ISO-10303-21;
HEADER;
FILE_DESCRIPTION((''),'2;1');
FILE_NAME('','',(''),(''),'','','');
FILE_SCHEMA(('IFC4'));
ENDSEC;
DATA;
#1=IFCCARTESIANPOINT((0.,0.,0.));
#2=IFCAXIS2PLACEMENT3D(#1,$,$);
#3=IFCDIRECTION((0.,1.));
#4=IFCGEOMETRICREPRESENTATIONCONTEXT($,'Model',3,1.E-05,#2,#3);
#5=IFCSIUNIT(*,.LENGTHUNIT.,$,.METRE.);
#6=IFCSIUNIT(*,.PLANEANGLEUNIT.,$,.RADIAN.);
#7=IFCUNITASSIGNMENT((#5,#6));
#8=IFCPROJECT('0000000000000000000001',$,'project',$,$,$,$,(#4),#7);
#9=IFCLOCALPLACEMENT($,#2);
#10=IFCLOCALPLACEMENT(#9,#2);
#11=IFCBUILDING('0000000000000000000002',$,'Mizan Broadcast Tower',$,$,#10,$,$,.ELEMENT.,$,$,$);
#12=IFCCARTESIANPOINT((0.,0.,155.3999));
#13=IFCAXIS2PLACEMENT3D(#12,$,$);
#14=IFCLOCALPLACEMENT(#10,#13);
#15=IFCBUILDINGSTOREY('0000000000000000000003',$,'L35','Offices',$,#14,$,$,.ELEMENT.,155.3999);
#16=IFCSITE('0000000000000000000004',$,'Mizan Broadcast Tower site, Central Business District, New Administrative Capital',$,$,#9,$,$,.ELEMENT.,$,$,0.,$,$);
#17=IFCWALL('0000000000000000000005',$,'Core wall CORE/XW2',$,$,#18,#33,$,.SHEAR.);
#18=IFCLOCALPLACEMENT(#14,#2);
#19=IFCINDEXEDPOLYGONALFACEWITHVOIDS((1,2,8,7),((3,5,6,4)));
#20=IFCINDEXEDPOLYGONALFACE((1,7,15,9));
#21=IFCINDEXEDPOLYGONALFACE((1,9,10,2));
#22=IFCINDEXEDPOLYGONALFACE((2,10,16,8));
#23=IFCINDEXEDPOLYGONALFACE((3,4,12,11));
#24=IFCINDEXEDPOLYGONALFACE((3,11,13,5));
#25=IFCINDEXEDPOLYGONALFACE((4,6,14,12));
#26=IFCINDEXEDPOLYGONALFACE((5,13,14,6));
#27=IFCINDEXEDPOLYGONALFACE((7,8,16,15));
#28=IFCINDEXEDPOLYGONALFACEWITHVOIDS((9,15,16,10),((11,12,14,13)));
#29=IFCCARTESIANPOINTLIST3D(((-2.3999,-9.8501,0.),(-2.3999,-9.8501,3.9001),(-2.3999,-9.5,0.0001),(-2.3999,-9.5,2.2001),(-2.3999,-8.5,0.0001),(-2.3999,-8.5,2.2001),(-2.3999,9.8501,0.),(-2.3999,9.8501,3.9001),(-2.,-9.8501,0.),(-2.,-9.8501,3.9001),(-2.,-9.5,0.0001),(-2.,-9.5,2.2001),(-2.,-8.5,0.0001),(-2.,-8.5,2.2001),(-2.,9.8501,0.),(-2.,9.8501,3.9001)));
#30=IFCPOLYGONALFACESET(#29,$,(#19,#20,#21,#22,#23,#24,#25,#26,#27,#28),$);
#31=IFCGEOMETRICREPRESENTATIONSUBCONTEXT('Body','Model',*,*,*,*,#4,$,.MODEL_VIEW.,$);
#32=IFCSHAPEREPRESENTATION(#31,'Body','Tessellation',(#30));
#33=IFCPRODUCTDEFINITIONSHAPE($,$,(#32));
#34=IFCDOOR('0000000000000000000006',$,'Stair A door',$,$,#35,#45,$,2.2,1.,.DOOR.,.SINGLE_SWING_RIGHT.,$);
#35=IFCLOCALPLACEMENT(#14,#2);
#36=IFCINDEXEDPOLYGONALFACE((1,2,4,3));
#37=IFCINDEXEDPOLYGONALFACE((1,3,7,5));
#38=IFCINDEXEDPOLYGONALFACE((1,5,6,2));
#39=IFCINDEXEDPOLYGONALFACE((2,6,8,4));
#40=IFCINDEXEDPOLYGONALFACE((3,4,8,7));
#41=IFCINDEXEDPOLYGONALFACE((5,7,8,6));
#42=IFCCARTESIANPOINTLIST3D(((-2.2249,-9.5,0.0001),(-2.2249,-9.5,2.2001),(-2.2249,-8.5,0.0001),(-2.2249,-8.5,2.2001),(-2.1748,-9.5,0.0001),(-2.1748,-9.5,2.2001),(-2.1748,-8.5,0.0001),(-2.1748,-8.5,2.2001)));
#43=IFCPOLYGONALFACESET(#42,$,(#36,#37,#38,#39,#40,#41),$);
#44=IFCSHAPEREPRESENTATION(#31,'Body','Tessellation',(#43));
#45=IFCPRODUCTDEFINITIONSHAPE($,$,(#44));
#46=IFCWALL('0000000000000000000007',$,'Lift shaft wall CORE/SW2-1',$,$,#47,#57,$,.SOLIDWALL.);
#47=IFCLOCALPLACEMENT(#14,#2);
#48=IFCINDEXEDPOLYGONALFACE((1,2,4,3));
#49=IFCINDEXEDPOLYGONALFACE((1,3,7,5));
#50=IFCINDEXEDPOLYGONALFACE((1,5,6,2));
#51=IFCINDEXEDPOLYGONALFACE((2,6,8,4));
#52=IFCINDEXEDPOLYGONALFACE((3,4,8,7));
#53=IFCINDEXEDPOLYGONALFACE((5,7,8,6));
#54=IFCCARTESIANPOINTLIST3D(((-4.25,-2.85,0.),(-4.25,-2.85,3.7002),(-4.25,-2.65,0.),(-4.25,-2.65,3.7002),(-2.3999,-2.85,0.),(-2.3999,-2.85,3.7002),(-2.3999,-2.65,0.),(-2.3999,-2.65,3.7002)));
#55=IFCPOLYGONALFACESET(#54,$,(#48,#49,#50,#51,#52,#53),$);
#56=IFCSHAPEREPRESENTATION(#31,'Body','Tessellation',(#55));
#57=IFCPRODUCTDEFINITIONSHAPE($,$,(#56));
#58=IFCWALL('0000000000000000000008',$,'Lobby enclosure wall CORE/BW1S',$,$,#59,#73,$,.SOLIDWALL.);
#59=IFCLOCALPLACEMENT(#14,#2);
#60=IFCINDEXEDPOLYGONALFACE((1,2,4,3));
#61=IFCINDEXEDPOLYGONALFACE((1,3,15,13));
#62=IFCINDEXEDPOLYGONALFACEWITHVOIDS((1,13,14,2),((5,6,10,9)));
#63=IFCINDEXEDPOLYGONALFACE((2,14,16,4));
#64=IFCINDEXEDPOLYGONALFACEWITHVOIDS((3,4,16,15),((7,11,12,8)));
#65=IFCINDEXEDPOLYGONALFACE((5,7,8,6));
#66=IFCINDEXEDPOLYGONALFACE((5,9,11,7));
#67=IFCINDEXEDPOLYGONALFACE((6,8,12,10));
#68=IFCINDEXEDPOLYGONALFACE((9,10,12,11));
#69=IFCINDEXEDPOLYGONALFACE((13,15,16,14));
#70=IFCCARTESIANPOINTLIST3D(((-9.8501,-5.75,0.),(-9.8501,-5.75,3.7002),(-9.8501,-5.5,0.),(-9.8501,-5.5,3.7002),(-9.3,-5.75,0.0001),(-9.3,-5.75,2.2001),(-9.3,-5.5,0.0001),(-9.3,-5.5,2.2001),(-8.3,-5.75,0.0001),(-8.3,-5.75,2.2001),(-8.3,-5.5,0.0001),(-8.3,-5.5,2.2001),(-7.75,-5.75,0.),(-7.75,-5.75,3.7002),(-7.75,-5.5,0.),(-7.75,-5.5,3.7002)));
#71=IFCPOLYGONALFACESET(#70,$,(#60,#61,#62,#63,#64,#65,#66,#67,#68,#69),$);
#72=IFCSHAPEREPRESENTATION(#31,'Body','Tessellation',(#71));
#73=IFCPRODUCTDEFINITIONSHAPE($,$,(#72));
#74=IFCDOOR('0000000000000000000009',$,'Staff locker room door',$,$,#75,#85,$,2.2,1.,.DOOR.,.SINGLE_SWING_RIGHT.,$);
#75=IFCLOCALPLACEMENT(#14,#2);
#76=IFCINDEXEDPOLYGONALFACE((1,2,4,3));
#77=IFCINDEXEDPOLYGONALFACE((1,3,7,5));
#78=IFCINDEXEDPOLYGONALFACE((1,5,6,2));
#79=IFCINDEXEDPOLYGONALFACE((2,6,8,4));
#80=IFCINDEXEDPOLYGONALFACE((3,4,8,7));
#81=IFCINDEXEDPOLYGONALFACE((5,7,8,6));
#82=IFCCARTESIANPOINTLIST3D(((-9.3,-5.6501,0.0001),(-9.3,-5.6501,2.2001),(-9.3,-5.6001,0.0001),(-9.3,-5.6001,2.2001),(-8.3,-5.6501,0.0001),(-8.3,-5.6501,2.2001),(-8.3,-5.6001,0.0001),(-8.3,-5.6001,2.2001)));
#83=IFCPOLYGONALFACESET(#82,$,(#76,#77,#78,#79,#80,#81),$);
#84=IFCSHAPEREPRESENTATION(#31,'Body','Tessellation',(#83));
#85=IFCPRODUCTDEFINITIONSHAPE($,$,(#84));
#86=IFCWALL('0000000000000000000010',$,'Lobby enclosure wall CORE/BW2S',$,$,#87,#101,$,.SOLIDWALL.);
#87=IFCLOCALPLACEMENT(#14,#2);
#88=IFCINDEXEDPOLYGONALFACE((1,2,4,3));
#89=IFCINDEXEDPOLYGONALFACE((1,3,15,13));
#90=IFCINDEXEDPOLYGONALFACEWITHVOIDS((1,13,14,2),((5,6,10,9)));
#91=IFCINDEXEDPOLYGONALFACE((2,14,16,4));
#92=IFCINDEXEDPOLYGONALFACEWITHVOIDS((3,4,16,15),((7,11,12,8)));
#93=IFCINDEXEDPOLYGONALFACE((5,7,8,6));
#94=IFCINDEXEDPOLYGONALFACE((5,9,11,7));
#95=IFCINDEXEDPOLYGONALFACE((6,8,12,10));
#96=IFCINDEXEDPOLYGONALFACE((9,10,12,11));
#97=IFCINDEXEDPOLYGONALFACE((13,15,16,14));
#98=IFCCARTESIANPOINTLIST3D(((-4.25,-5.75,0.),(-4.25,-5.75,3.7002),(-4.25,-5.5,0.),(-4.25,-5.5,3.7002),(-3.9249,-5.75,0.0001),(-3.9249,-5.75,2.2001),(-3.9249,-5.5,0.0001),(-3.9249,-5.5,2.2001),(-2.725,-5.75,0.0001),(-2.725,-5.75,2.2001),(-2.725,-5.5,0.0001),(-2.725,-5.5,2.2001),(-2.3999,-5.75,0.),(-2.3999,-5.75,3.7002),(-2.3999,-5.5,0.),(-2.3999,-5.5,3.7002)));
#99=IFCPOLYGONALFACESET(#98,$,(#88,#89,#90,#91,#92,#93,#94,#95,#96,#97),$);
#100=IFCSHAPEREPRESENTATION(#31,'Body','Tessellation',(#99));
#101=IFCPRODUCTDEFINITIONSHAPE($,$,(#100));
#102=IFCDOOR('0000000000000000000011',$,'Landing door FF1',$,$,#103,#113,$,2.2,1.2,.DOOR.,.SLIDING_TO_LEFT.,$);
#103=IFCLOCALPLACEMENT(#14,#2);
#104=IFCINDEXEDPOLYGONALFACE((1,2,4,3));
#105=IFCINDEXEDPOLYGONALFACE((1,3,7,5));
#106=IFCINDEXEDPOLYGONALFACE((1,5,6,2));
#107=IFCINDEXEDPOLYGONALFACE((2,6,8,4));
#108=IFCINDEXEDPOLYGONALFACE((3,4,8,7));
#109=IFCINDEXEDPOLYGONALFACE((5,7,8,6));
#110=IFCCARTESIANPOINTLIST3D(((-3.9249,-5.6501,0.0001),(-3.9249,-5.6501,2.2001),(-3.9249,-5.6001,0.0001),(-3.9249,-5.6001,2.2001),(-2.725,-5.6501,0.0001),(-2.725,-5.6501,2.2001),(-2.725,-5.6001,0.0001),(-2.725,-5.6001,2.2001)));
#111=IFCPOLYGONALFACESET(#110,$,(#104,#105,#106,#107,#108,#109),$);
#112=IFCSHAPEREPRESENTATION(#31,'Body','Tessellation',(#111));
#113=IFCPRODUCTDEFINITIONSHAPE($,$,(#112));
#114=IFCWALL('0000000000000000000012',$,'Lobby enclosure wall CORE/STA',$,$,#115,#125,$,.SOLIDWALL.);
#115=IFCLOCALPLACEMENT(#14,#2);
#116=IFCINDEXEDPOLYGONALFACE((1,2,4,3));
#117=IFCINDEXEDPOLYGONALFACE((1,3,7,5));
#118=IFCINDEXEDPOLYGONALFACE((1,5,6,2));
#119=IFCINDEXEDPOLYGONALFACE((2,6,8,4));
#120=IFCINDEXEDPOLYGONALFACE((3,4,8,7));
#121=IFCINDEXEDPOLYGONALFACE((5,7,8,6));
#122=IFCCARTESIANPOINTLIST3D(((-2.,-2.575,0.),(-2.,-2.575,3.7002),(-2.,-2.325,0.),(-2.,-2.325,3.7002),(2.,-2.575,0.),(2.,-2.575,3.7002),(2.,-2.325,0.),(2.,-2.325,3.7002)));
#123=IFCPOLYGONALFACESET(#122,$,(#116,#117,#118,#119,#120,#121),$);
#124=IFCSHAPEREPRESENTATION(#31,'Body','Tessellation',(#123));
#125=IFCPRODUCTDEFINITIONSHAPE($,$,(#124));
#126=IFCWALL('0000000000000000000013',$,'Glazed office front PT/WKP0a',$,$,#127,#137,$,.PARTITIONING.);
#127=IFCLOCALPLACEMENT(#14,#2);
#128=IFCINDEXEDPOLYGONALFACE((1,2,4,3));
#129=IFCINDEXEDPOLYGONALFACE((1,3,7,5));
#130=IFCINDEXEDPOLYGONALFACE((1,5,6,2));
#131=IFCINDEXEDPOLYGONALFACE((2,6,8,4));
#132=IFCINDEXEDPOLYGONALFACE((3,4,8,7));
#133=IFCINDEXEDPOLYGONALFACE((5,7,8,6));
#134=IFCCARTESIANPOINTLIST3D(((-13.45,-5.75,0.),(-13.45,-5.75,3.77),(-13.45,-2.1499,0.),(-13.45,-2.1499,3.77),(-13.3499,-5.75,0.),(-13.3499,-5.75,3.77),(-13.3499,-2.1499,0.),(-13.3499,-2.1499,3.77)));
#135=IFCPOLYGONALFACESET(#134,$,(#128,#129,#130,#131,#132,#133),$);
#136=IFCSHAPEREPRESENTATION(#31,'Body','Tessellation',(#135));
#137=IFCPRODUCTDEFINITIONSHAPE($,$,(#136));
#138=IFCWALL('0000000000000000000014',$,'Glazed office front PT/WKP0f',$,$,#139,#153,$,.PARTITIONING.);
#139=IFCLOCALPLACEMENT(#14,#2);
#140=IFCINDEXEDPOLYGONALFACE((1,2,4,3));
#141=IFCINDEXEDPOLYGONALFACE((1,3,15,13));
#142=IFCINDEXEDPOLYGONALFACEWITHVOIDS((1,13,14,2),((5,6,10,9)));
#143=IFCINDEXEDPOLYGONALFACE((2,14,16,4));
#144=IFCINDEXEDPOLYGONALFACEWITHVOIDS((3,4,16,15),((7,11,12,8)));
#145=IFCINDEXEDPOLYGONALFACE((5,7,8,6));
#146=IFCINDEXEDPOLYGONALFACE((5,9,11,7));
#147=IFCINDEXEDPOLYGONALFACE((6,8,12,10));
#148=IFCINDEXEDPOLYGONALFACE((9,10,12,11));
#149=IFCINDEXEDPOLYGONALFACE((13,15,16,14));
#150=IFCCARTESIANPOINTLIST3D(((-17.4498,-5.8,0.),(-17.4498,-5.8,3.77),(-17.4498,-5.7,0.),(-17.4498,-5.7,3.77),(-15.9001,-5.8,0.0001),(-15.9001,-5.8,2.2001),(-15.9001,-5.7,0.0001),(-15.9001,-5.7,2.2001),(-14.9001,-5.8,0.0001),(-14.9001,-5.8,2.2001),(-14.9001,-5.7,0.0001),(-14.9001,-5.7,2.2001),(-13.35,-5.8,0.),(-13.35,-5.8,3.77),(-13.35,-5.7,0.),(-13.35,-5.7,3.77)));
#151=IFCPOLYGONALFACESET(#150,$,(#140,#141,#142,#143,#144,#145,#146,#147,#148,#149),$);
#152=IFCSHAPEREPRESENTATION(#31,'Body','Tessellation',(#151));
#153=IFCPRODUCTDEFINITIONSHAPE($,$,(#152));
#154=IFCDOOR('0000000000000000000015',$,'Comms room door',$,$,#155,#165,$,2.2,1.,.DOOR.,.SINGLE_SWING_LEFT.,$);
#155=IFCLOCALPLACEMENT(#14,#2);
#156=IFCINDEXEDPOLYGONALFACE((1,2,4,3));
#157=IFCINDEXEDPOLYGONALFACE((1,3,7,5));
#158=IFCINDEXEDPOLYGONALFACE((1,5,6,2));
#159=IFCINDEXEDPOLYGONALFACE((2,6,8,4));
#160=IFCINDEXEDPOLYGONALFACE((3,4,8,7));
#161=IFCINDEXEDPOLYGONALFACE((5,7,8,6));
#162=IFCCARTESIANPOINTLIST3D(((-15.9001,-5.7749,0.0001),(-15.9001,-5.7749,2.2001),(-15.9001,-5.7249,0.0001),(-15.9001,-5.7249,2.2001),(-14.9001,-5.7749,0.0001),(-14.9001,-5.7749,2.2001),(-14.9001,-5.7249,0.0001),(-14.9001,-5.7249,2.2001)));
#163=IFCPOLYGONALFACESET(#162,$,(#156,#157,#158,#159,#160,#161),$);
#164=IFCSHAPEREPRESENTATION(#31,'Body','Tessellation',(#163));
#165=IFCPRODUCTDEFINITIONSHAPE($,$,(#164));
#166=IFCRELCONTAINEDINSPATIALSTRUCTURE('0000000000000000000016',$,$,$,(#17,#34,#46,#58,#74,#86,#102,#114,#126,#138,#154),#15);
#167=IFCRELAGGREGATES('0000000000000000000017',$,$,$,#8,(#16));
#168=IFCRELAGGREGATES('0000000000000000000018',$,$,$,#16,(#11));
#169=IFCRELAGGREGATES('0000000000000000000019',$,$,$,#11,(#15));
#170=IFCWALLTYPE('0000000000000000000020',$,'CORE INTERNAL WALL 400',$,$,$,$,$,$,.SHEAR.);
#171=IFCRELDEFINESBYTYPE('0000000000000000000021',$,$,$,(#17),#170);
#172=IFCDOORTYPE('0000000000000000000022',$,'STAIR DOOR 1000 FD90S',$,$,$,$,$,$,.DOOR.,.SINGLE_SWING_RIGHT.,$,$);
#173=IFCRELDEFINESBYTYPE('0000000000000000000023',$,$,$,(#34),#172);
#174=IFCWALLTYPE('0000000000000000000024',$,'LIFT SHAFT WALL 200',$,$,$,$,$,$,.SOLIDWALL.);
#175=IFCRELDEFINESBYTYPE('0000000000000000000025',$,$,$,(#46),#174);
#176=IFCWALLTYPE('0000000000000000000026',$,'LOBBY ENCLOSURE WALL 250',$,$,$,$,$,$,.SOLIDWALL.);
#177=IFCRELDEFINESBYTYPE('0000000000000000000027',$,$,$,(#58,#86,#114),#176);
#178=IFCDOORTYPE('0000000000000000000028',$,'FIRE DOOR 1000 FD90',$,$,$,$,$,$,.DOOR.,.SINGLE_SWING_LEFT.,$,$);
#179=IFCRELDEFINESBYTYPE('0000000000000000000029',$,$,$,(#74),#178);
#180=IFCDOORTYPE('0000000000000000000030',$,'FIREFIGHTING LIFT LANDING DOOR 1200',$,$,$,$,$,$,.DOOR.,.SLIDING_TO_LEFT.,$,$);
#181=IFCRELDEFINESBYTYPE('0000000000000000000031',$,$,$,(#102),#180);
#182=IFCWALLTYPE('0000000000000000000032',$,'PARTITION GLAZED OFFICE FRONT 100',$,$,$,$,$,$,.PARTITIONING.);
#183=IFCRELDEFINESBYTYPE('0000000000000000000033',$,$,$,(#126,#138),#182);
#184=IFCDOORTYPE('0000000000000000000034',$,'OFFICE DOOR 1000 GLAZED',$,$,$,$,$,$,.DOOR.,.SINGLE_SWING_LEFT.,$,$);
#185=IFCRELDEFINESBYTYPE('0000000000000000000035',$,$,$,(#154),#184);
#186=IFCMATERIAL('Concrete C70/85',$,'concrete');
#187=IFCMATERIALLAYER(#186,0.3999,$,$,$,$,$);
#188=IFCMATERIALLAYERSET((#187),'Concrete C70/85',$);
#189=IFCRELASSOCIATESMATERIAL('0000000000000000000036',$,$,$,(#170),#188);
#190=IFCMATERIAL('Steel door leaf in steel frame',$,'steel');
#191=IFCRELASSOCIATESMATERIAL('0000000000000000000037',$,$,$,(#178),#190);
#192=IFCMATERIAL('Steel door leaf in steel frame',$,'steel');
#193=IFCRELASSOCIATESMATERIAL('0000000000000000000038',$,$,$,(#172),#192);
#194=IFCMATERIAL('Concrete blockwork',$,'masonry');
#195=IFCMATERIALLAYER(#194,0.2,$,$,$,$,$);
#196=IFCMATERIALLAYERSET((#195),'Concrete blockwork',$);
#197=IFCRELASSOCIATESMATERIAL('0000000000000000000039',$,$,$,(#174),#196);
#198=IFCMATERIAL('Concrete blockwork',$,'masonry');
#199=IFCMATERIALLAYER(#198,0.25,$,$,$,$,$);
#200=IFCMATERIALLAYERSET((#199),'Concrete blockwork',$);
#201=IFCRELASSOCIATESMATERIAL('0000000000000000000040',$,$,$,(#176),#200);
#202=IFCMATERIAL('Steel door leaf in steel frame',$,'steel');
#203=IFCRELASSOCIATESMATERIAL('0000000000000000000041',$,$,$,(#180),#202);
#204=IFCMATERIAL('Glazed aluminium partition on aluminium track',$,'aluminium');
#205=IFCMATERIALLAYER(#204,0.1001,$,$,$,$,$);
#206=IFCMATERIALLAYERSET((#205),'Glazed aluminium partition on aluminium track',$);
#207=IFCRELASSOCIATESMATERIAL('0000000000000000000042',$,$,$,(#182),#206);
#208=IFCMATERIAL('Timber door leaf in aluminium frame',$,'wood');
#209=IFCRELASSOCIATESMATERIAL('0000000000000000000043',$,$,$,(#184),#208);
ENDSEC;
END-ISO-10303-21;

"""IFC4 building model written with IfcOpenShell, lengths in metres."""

from ifc_helpers import new_model, si_unit, direction, frame, frame_2d, origin, place, context, subcontext, project, spatial, rectangle, extrude, material, layer, layer_set, type_object, element, fill, save


model = new_model("IFC4")

# Units and contexts
model_context = context("Model", 3, precision=1e-05, world=origin(), true_north=direction((0.0, 1.0)))
body_context = subcontext(model_context, "Body", "Model", "MODEL_VIEW")
ifc_project = project(units=[si_unit("LENGTHUNIT", "METRE"), si_unit("PLANEANGLEUNIT", "RADIAN")], contexts=[model_context])

# Site, building, storey
site_placement = place(None, origin())
site = spatial("IfcSite", under=ifc_project, at=site_placement, Name="Mizan Broadcast Tower site, Central Business District, New Administrative Capital", CompositionType="ELEMENT", RefElevation=0.0)
building_placement = place(site_placement, origin())
building = spatial("IfcBuilding", under=site, at=building_placement, Name="Mizan Broadcast Tower", CompositionType="ELEMENT")
storey_placement = place(building_placement, frame((0.0, 0.0, 155.3999)))
storey = spatial("IfcBuildingStorey", under=building, at=storey_placement, Name="L35", Description="Offices", CompositionType="ELEMENT", Elevation=155.3999)

# Shared definitions
ifc_material_1 = material(Name="Concrete C70/85", Category="concrete")
ifc_layer_1 = layer(ifc_material_1, 0.3999)
ifc_layer_set_1 = layer_set([ifc_layer_1], Name="Concrete C70/85")
wall_type_1 = type_object("IfcWallType", Name="CORE INTERNAL WALL 400", PredefinedType="SHEAR", material=ifc_layer_set_1)
ifc_material_2 = material(Name="Steel door leaf in steel frame", Category="steel")
door_type_1 = type_object("IfcDoorType", Name="FIRE DOOR 1000 FD90", OperationType="SINGLE_SWING_LEFT", PredefinedType="DOOR", material=ifc_material_2)

# Wall, opening, door
wall_1_placement = place(storey_placement, frame((-2.2, -9.8501, 0.0), z_axis=(0.0, 0.0, 1.0), x_axis=(0.0, 1.0, 0.0)))
wall_1 = element("IfcWall", 1, at=wall_1_placement, inside=storey, type_object=wall_type_1, Name="Core wall CORE/XW2", PredefinedType="SHEAR", context=body_context, shape_type="SweptSolid", body=[
    extrude(rectangle(XDim=19.7002, YDim=0.3999, at=frame_2d((9.8501, 0.0))), origin(), (0.0, 0.0, 1.0), 3.9001),
])
opening_1_placement = place(wall_1_placement, frame((0.3501, 0.0, 0.0)))
opening_1 = element("IfcOpeningElement", 2, at=opening_1_placement, cuts=wall_1, PredefinedType="OPENING", context=body_context, shape_type="SweptSolid", body=[
    extrude(rectangle(XDim=1.0, YDim=2.2, at=frame_2d((0.5, 1.1001))), frame((0.0, 0.21, 0.0), z_axis=(0.0, -1.0, 0.0), x_axis=(1.0, 0.0, 0.0)), (0.0, 0.0, 1.0), 0.4199),
])
ifc_material_3 = material(Name="Steel door leaf in steel frame", Category="steel")
door_type_2 = type_object("IfcDoorType", Name="STAIR DOOR 1000 FD90S", OperationType="SINGLE_SWING_RIGHT", PredefinedType="DOOR", material=ifc_material_3)
door_1_placement = place(opening_1_placement, origin())
door_1 = element("IfcDoor", 3, at=door_1_placement, inside=storey, type_object=door_type_2, Name="Stair A door", OperationType="SINGLE_SWING_RIGHT", OverallHeight=2.2, OverallWidth=1.0, PredefinedType="DOOR", context=body_context, shape_type="SweptSolid", body=[
    extrude(rectangle(XDim=1.0, YDim=2.2, at=frame_2d((0.5, 1.1001))), frame((0.0, 0.0249, 0.0), z_axis=(0.0, -1.0, 0.0), x_axis=(1.0, 0.0, 0.0)), (0.0, 0.0, 1.0), 0.05),
])
fill(opening_1, door_1)

# Wall
ifc_material_4 = material(Name="Concrete blockwork", Category="masonry")
ifc_layer_2 = layer(ifc_material_4, 0.2)
ifc_layer_set_2 = layer_set([ifc_layer_2], Name="Concrete blockwork")
wall_type_2 = type_object("IfcWallType", Name="LIFT SHAFT WALL 200", PredefinedType="SOLIDWALL", material=ifc_layer_set_2)
wall_2_placement = place(storey_placement, frame((-4.25, -2.75, 0.0), z_axis=(0.0, 0.0, 1.0), x_axis=(1.0, 0.0, 0.0)))
element("IfcWall", 4, at=wall_2_placement, inside=storey, type_object=wall_type_2, Name="Lift shaft wall CORE/SW2-1", PredefinedType="SOLIDWALL", context=body_context, shape_type="SweptSolid", body=[
    extrude(rectangle(XDim=1.8501, YDim=0.2, at=frame_2d((0.925, 0.0))), origin(), (0.0, 0.0, 1.0), 3.7002),
])

# Walls, openings, doors
ifc_material_5 = material(Name="Concrete blockwork", Category="masonry")
ifc_layer_3 = layer(ifc_material_5, 0.25)
ifc_layer_set_3 = layer_set([ifc_layer_3], Name="Concrete blockwork")
wall_type_3 = type_object("IfcWallType", Name="LOBBY ENCLOSURE WALL 250", PredefinedType="SOLIDWALL", material=ifc_layer_set_3)
wall_3_placement = place(storey_placement, frame((-9.8501, -5.625, 0.0), z_axis=(0.0, 0.0, 1.0), x_axis=(1.0, 0.0, 0.0)))
wall_3 = element("IfcWall", 5, at=wall_3_placement, inside=storey, type_object=wall_type_3, Name="Lobby enclosure wall CORE/BW1S", PredefinedType="SOLIDWALL", context=body_context, shape_type="SweptSolid", body=[
    extrude(rectangle(XDim=2.1001, YDim=0.25, at=frame_2d((1.05, 0.0))), origin(), (0.0, 0.0, 1.0), 3.7002),
])
opening_2_placement = place(wall_3_placement, frame((0.55, 0.0, 0.0)))
opening_2 = element("IfcOpeningElement", 6, at=opening_2_placement, cuts=wall_3, PredefinedType="OPENING", context=body_context, shape_type="SweptSolid", body=[
    extrude(rectangle(XDim=1.0, YDim=2.2, at=frame_2d((0.5, 1.1001))), frame((0.0, 0.135, 0.0), z_axis=(0.0, -1.0, 0.0), x_axis=(1.0, 0.0, 0.0)), (0.0, 0.0, 1.0), 0.27),
])
door_2_placement = place(opening_2_placement, origin())
door_2 = element("IfcDoor", 7, at=door_2_placement, inside=storey, type_object=door_type_1, Name="Staff locker room door", OperationType="SINGLE_SWING_RIGHT", OverallHeight=2.2, OverallWidth=1.0, PredefinedType="DOOR", context=body_context, shape_type="SweptSolid", body=[
    extrude(rectangle(XDim=1.0, YDim=2.2, at=frame_2d((0.5, 1.1001))), frame((0.0, 0.0249, 0.0), z_axis=(0.0, -1.0, 0.0), x_axis=(1.0, 0.0, 0.0)), (0.0, 0.0, 1.0), 0.05),
])
fill(opening_2, door_2)
wall_4_placement = place(storey_placement, frame((-4.25, -5.625, 0.0), z_axis=(0.0, 0.0, 1.0), x_axis=(1.0, 0.0, 0.0)))
wall_4 = element("IfcWall", 8, at=wall_4_placement, inside=storey, type_object=wall_type_3, Name="Lobby enclosure wall CORE/BW2S", PredefinedType="SOLIDWALL", context=body_context, shape_type="SweptSolid", body=[
    extrude(rectangle(XDim=1.8501, YDim=0.25, at=frame_2d((0.925, 0.0))), origin(), (0.0, 0.0, 1.0), 3.7002),
])
opening_3_placement = place(wall_4_placement, frame((0.325, 0.0, 0.0)))
opening_3 = element("IfcOpeningElement", 9, at=opening_3_placement, cuts=wall_4, PredefinedType="OPENING", context=body_context, shape_type="SweptSolid", body=[
    extrude(rectangle(XDim=1.2, YDim=2.2, at=frame_2d((0.6001, 1.1001))), frame((0.0, 0.135, 0.0), z_axis=(0.0, -1.0, 0.0), x_axis=(1.0, 0.0, 0.0)), (0.0, 0.0, 1.0), 0.27),
])
ifc_material_6 = material(Name="Steel door leaf in steel frame", Category="steel")
door_type_3 = type_object("IfcDoorType", Name="FIREFIGHTING LIFT LANDING DOOR 1200", OperationType="SLIDING_TO_LEFT", PredefinedType="DOOR", material=ifc_material_6)
door_3_placement = place(opening_3_placement, origin())
door_3 = element("IfcDoor", 10, at=door_3_placement, inside=storey, type_object=door_type_3, Name="Landing door FF1", OperationType="SLIDING_TO_LEFT", OverallHeight=2.2, OverallWidth=1.2, PredefinedType="DOOR", context=body_context, shape_type="SweptSolid", body=[
    extrude(rectangle(XDim=1.2, YDim=2.2, at=frame_2d((0.6001, 1.1001))), frame((0.0, 0.0249, 0.0), z_axis=(0.0, -1.0, 0.0), x_axis=(1.0, 0.0, 0.0)), (0.0, 0.0, 1.0), 0.05),
])
fill(opening_3, door_3)

# Walls
wall_5_placement = place(storey_placement, frame((-2.0, -2.45, 0.0), z_axis=(0.0, 0.0, 1.0), x_axis=(1.0, 0.0, 0.0)))
element("IfcWall", 11, at=wall_5_placement, inside=storey, type_object=wall_type_3, Name="Lobby enclosure wall CORE/STA", PredefinedType="SOLIDWALL", context=body_context, shape_type="SweptSolid", body=[
    extrude(rectangle(XDim=4.0, YDim=0.25, at=frame_2d((2.0, 0.0))), origin(), (0.0, 0.0, 1.0), 3.7002),
])
ifc_material_7 = material(Name="Glazed aluminium partition on aluminium track", Category="aluminium")
ifc_layer_4 = layer(ifc_material_7, 0.1001)
ifc_layer_set_4 = layer_set([ifc_layer_4], Name="Glazed aluminium partition on aluminium track")
wall_type_4 = type_object("IfcWallType", Name="PARTITION GLAZED OFFICE FRONT 100", PredefinedType="PARTITIONING", material=ifc_layer_set_4)
wall_6_placement = place(storey_placement, frame((-13.3999, -2.1499, 0.0), z_axis=(0.0, 0.0, 1.0), x_axis=(0.0, -1.0, 0.0)))
element("IfcWall", 12, at=wall_6_placement, inside=storey, type_object=wall_type_4, Name="Glazed office front PT/WKP0a", PredefinedType="PARTITIONING", context=body_context, shape_type="SweptSolid", body=[
    extrude(rectangle(XDim=3.6001, YDim=0.1001, at=frame_2d((1.8, 0.0))), origin(), (0.0, 0.0, 1.0), 3.77),
])

# Wall, opening, door
wall_7_placement = place(storey_placement, frame((-13.3501, -5.75, 0.0), z_axis=(0.0, 0.0, 1.0), x_axis=(-1.0, 0.0, 0.0)))
wall_7 = element("IfcWall", 13, at=wall_7_placement, inside=storey, type_object=wall_type_4, Name="Glazed office front PT/WKP0f", PredefinedType="PARTITIONING", context=body_context, shape_type="SweptSolid", body=[
    extrude(rectangle(XDim=4.0999, YDim=0.1001, at=frame_2d((2.0498, 0.0))), origin(), (0.0, 0.0, 1.0), 3.77),
])
opening_4_placement = place(wall_7_placement, frame((1.55, 0.0, 0.0)))
opening_4 = element("IfcOpeningElement", 14, at=opening_4_placement, cuts=wall_7, PredefinedType="OPENING", context=body_context, shape_type="SweptSolid", body=[
    extrude(rectangle(XDim=1.0, YDim=2.2, at=frame_2d((0.5, 1.1001))), frame((0.0, 0.0601, 0.0), z_axis=(0.0, -1.0, 0.0), x_axis=(1.0, 0.0, 0.0)), (0.0, 0.0, 1.0), 0.1201),
])
ifc_material_8 = material(Name="Timber door leaf in aluminium frame", Category="wood")
door_type_4 = type_object("IfcDoorType", Name="OFFICE DOOR 1000 GLAZED", OperationType="SINGLE_SWING_LEFT", PredefinedType="DOOR", material=ifc_material_8)
door_4_placement = place(opening_4_placement, origin())
door_4 = element("IfcDoor", 15, at=door_4_placement, inside=storey, type_object=door_type_4, Name="Comms room door", OperationType="SINGLE_SWING_LEFT", OverallHeight=2.2, OverallWidth=1.0, PredefinedType="DOOR", context=body_context, shape_type="SweptSolid", body=[
    extrude(rectangle(XDim=1.0, YDim=2.2, at=frame_2d((0.5, 1.1001))), frame((0.0, 0.0249, 0.0), z_axis=(0.0, -1.0, 0.0), x_axis=(1.0, 0.0, 0.0)), (0.0, 0.0, 1.0), 0.05),
])
fill(opening_4, door_4)

save(model, "model.ifc")
